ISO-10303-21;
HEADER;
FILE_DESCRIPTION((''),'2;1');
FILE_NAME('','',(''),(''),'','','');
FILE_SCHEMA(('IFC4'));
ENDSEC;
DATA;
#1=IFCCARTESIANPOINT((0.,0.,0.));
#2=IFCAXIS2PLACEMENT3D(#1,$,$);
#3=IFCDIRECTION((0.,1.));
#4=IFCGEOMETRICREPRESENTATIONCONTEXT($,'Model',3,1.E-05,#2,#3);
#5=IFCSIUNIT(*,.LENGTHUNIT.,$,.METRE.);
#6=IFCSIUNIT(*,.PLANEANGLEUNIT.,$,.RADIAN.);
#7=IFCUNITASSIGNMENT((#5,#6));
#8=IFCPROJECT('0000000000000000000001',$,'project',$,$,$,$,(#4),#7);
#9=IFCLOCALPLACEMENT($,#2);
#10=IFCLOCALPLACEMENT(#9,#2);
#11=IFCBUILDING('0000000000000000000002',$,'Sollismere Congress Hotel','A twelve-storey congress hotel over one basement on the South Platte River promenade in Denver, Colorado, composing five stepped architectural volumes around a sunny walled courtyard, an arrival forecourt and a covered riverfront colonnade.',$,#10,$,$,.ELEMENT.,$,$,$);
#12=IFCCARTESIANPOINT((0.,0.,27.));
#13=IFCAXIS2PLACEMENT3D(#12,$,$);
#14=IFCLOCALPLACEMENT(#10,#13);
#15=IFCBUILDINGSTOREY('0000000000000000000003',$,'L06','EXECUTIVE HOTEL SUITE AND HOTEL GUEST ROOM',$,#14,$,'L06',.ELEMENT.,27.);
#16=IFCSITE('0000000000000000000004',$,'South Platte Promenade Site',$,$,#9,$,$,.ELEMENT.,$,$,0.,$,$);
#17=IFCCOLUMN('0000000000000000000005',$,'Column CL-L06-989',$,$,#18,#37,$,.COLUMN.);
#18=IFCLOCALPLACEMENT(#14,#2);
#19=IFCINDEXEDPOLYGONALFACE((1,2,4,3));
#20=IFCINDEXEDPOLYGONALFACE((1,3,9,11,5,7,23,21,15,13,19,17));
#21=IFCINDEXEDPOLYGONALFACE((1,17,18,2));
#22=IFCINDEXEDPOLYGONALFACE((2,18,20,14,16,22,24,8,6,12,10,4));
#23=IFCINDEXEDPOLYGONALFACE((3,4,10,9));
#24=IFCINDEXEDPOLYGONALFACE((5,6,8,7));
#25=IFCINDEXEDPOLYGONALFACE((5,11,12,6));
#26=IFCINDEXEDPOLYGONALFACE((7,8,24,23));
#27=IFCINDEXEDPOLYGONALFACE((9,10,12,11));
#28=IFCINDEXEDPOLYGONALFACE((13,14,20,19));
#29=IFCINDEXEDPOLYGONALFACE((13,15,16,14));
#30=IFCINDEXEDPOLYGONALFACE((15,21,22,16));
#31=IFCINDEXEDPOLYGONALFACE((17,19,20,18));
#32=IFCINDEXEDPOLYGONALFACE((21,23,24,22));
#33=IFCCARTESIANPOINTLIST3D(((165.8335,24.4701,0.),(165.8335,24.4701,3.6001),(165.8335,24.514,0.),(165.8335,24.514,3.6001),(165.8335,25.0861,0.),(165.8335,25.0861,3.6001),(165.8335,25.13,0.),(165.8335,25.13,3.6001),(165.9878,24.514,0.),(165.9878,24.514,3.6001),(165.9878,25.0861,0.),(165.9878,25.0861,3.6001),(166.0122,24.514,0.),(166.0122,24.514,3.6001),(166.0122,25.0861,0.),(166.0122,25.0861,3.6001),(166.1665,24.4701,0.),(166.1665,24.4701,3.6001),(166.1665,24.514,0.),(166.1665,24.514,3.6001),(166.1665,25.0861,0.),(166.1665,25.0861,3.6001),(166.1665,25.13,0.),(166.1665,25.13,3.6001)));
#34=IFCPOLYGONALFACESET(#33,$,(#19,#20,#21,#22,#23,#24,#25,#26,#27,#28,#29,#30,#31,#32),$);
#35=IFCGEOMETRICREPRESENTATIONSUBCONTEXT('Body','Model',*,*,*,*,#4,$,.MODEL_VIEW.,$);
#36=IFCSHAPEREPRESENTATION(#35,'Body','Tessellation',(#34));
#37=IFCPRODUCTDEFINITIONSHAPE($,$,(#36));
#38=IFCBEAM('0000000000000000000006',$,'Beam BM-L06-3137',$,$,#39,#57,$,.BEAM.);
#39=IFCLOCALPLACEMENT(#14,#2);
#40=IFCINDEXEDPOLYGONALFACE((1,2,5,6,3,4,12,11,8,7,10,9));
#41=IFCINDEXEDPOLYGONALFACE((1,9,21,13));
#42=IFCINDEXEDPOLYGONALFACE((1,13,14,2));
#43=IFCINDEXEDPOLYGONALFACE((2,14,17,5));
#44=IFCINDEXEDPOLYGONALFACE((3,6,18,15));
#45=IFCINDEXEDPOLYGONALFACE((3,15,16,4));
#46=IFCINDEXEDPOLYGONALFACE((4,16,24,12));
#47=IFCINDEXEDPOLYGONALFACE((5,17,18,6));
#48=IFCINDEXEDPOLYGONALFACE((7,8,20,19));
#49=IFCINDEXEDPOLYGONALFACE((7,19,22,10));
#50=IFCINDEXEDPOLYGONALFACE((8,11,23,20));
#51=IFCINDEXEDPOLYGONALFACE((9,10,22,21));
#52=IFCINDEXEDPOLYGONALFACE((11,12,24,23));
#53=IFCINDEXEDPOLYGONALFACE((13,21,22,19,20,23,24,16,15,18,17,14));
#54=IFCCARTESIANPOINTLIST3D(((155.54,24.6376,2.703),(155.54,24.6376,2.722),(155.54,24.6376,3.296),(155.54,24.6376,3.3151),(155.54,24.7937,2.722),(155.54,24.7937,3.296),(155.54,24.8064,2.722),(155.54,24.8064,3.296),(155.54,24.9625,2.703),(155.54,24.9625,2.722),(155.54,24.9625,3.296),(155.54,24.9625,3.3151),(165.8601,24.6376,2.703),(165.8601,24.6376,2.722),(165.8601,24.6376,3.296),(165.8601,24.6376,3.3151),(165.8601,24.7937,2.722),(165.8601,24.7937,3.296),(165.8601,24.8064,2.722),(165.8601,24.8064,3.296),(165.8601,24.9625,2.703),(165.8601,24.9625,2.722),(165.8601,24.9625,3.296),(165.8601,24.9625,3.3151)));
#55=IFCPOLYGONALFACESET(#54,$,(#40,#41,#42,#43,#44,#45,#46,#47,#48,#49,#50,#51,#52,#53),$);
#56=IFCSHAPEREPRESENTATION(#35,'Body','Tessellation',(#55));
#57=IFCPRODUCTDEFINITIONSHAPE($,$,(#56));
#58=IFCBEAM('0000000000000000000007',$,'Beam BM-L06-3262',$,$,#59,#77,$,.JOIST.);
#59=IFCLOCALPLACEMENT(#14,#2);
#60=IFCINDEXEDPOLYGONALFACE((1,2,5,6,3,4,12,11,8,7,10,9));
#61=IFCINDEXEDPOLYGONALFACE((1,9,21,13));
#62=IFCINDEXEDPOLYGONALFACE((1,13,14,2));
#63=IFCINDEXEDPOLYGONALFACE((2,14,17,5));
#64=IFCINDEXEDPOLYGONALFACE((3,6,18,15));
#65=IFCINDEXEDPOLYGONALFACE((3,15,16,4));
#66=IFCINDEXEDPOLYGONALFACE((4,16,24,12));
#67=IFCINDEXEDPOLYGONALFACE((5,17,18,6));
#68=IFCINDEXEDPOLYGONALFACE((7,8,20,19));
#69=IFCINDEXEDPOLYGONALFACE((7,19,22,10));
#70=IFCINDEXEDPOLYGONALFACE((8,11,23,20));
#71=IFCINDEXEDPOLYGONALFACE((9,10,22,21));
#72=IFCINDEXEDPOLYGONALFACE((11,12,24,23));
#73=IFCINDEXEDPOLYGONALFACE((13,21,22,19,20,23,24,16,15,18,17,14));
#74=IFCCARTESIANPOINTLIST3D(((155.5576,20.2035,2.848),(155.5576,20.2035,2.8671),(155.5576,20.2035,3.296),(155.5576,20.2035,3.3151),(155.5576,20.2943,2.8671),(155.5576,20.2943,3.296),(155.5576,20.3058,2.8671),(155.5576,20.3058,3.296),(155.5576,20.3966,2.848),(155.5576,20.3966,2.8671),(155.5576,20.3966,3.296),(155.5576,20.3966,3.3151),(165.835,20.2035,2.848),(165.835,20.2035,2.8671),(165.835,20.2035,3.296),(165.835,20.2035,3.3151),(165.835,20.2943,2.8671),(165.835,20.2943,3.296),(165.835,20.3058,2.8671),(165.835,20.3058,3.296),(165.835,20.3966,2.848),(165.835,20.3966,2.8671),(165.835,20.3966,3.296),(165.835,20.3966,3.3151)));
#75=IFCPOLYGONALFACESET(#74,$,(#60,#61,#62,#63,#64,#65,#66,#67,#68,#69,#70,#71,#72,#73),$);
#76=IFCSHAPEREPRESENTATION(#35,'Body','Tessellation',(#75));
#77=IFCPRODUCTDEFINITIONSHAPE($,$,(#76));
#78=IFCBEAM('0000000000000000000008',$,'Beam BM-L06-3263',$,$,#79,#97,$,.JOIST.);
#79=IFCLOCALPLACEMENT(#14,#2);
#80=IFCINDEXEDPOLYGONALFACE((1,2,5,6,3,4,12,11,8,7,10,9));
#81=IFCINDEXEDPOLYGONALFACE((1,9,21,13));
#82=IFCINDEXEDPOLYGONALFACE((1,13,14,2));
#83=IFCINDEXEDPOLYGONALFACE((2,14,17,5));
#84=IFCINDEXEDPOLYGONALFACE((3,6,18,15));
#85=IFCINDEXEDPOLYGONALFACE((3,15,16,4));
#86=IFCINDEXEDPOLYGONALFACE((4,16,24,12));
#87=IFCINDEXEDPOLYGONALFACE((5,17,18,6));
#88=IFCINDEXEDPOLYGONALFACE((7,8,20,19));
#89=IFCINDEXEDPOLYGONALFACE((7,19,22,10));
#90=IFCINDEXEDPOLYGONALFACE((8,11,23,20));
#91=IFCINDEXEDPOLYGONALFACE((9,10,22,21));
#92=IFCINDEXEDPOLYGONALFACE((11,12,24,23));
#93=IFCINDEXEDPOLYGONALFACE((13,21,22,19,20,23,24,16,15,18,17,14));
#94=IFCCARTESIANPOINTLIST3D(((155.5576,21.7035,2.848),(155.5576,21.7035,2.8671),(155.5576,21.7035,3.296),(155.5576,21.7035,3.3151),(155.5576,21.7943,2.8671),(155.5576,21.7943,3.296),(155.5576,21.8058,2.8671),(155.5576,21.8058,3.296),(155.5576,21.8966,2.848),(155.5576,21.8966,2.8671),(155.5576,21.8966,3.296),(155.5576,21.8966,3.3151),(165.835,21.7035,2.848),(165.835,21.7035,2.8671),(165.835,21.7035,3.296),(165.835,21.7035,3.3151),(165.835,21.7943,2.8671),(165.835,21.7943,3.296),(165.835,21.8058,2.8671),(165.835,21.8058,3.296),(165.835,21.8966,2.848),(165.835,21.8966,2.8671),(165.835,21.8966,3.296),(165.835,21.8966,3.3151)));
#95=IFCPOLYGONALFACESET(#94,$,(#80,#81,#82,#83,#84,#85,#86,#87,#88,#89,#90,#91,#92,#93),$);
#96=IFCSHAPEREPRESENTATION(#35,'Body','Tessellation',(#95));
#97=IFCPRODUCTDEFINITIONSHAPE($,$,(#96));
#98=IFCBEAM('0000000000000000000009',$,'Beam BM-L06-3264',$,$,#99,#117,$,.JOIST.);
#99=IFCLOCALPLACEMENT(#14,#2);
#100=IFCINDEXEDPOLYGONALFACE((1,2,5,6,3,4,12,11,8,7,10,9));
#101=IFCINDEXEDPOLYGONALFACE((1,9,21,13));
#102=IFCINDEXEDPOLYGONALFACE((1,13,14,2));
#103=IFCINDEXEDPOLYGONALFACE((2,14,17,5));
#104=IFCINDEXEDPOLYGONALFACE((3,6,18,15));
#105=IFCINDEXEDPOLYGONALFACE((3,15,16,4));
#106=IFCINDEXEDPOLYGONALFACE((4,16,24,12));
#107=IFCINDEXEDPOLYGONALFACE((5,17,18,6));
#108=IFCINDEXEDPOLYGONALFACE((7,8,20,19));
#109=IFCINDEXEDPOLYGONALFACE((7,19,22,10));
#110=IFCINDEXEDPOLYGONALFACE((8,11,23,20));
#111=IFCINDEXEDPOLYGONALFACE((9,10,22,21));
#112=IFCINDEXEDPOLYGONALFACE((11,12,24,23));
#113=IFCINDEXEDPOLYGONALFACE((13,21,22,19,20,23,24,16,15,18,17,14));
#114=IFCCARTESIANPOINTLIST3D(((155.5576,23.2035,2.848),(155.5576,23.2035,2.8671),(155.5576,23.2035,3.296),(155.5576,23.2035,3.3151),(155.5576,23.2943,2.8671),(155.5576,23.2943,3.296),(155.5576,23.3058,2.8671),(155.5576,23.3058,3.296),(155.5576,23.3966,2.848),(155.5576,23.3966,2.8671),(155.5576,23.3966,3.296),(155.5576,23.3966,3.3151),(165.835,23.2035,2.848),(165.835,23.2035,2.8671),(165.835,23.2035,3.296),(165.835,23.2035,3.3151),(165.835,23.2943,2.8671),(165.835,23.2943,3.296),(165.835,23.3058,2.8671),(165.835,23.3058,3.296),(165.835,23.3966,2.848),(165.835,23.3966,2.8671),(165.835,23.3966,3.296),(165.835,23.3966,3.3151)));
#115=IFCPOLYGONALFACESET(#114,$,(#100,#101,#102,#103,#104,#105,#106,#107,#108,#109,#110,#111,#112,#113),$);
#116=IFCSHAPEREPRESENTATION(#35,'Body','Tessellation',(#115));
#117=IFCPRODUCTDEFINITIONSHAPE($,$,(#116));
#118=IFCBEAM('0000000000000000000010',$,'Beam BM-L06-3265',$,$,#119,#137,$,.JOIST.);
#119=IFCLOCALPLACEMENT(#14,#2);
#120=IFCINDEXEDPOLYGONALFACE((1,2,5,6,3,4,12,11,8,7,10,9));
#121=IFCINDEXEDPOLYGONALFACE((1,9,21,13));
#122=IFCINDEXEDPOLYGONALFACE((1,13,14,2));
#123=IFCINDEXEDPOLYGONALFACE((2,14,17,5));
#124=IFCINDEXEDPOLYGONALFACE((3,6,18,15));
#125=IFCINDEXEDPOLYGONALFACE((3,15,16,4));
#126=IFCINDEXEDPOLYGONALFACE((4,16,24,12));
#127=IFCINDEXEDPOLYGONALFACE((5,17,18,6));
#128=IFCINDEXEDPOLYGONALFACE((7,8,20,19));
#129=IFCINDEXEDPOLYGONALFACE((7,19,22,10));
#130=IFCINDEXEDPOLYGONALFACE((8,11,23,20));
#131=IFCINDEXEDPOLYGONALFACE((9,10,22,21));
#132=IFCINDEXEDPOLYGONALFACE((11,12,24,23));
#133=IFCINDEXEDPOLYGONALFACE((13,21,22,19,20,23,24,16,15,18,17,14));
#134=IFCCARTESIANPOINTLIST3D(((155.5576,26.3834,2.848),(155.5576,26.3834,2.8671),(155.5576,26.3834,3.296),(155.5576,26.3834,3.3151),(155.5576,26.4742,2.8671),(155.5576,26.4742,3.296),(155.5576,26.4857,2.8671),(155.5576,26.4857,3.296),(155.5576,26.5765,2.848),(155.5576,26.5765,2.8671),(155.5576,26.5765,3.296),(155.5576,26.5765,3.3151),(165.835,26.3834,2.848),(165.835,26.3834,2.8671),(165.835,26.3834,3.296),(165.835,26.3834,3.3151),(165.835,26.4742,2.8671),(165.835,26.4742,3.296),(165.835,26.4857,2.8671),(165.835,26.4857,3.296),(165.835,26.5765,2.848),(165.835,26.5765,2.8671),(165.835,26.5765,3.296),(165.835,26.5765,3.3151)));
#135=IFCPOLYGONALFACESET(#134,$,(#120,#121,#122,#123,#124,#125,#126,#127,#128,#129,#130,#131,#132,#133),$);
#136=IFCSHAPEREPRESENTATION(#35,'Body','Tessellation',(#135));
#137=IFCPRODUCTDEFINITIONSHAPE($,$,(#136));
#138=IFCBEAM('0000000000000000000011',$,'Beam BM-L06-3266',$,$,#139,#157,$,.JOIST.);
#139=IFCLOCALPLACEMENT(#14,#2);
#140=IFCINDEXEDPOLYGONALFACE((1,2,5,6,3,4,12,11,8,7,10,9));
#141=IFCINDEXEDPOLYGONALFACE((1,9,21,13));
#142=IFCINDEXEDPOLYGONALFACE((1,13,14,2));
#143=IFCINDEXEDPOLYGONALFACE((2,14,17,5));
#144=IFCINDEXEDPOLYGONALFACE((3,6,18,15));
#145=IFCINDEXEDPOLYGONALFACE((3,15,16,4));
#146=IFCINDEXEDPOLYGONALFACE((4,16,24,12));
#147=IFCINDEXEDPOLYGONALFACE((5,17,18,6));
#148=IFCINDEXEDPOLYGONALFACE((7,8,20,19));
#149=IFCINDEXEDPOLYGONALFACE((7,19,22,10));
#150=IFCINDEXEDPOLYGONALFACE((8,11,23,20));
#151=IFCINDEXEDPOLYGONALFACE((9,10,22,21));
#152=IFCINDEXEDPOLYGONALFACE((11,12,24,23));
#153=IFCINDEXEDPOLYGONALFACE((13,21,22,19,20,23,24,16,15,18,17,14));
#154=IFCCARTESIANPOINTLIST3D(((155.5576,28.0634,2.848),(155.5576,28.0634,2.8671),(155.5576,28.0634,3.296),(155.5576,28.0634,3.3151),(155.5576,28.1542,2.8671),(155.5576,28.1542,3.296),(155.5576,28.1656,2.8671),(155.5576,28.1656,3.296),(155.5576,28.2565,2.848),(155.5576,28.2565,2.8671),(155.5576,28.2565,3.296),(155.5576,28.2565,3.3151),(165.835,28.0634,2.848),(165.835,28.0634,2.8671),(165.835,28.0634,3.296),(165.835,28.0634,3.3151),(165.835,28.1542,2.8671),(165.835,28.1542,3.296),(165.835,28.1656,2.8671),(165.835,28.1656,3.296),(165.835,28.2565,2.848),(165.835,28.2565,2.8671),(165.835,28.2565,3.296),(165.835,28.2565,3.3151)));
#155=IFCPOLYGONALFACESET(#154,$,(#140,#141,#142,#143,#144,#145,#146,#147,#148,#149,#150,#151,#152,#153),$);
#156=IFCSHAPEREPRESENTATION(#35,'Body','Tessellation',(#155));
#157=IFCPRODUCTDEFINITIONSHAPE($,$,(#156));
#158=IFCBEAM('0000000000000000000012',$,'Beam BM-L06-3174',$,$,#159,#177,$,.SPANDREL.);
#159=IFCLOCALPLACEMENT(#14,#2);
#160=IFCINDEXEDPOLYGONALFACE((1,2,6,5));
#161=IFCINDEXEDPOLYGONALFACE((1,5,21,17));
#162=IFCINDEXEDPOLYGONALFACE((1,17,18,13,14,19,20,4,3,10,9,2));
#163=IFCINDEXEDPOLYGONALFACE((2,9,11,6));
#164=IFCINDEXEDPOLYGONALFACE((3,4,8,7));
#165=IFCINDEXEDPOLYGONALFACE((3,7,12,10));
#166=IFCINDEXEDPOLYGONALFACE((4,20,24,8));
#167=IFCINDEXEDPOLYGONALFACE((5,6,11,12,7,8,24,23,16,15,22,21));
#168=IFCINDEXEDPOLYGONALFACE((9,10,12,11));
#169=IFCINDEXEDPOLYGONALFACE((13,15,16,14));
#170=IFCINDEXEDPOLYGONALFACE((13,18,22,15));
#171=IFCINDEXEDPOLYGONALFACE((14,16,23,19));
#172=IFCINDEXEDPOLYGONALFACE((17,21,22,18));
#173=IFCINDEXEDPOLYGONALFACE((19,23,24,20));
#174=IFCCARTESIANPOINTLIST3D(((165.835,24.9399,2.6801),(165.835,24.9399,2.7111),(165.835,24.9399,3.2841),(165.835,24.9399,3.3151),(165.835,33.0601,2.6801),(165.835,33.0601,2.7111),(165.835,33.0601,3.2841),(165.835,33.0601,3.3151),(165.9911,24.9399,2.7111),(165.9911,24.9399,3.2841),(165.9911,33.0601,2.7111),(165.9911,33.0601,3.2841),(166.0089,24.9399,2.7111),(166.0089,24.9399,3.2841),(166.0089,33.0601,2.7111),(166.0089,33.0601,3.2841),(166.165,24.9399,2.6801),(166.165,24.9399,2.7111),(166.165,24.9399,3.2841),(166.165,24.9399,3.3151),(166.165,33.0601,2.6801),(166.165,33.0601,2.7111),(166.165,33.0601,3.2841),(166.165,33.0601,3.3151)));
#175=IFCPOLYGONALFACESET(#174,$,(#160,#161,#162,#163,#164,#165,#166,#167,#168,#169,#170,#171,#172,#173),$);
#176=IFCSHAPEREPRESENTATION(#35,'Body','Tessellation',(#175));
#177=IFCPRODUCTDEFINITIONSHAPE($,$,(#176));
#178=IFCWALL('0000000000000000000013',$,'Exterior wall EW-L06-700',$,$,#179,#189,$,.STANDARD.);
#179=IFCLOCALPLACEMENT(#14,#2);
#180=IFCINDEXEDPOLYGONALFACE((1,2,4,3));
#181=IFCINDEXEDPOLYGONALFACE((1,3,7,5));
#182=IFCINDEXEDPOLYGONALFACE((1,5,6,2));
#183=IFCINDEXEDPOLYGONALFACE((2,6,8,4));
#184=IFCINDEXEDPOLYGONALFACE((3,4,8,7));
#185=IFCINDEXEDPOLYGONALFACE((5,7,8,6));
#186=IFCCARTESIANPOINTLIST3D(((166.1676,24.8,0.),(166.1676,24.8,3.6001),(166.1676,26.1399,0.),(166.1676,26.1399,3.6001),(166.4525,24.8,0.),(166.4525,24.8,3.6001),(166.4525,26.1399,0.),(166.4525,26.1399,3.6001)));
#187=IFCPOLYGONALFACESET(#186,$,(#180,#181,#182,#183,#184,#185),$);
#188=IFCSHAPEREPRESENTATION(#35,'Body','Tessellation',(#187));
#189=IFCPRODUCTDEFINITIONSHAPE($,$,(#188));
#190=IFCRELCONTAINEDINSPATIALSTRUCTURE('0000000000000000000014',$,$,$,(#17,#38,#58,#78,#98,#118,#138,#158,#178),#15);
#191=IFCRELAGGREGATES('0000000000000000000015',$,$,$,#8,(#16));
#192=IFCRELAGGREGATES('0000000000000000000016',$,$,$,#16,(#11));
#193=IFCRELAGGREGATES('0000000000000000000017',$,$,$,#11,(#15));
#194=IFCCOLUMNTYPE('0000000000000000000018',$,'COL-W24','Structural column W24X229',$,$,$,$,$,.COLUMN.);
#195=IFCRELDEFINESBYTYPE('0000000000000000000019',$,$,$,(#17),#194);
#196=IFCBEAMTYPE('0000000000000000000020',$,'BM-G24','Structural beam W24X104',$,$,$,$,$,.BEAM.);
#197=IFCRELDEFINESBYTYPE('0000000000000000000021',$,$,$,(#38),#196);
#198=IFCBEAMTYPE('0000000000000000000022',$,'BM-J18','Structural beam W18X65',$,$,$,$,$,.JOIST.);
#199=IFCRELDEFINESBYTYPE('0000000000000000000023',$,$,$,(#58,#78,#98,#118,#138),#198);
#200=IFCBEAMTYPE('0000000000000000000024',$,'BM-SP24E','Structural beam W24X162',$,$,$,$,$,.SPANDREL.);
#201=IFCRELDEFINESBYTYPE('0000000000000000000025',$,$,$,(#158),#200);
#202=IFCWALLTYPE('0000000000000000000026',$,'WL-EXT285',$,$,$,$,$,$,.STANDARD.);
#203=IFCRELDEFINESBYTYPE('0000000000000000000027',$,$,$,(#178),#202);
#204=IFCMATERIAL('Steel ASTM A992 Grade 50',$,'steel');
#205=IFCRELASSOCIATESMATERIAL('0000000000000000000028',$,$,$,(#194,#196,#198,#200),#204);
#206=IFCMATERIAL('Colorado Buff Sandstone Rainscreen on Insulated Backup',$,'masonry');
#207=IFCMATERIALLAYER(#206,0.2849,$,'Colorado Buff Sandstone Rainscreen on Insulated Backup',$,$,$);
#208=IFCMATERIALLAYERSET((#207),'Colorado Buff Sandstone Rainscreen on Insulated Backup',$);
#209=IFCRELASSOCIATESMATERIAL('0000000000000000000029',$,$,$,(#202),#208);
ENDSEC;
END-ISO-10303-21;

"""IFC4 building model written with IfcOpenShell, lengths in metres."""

from ifc_helpers import new_model, si_unit, direction, frame, frame_2d, origin, origin_2d, place, context, subcontext, project, spatial, rectangle, i_section, extrude, material, layer, layer_set, material_profile, profile_set, type_object, element, save


model = new_model("IFC4")

# Units and contexts
model_context = context("Model", 3, precision=1e-05, world=origin(), true_north=direction((0.0, 1.0)))
body_context = subcontext(model_context, "Body", "Model", "MODEL_VIEW")
ifc_project = project(units=[si_unit("LENGTHUNIT", "METRE"), si_unit("PLANEANGLEUNIT", "RADIAN")], contexts=[model_context])

# Site, building, storey
site_placement = place(None, origin())
site = spatial("IfcSite", under=ifc_project, at=site_placement, Name="South Platte Promenade Site", CompositionType="ELEMENT", RefElevation=0.0)
building_placement = place(site_placement, origin())
building = spatial("IfcBuilding", under=site, at=building_placement, Name="Sollismere Congress Hotel", Description="A twelve-storey congress hotel over one basement on the South Platte River promenade in Denver, Colorado, composing five stepped architectural volumes around a sunny walled courtyard, an arrival forecourt and a covered riverfront colonnade.", CompositionType="ELEMENT")
storey_placement = place(building_placement, frame((0.0, 0.0, 27.0)))
storey = spatial("IfcBuildingStorey", under=building, at=storey_placement, Name="L06", Description="EXECUTIVE HOTEL SUITE AND HOTEL GUEST ROOM", LongName="L06", CompositionType="ELEMENT", Elevation=27.0)

# Column
ifc_material_1 = material(Name="Steel ASTM A992 Grade 50", Category="steel")
ifc_material_profile_1 = material_profile(ifc_material_1, i_section(OverallWidth=0.333, OverallDepth=0.6599, WebThickness=0.0244, FlangeThickness=0.0439, at=origin_2d()), Name="W24X229")
ifc_profile_set_1 = profile_set([ifc_material_profile_1], Name="Steel ASTM A992 Grade 50")
column_type = type_object("IfcColumnType", Name="COL-W24", Description="Structural column W24X229", PredefinedType="COLUMN", material=ifc_profile_set_1)
column_placement = place(storey_placement, frame((166.0, 24.8, 0.0), z_axis=(0.0, 0.0, 1.0), x_axis=(1.0, 0.0, 0.0)))
element("IfcColumn", 1, at=column_placement, inside=storey, type_object=column_type, Name="Column CL-L06-989", PredefinedType="COLUMN", context=body_context, shape_type="SweptSolid", body=[
    extrude(i_section(OverallWidth=0.333, OverallDepth=0.6599, WebThickness=0.0244, FlangeThickness=0.0439, at=origin_2d()), origin(), (0.0, 0.0, 1.0), 3.6001),
])

# Beams
ifc_material_profile_2 = material_profile(ifc_material_1, i_section(OverallWidth=0.325, OverallDepth=0.6121, WebThickness=0.0127, FlangeThickness=0.019, at=origin_2d()), Name="W24X104")
ifc_profile_set_2 = profile_set([ifc_material_profile_2], Name="Steel ASTM A992 Grade 50")
beam_type_1 = type_object("IfcBeamType", Name="BM-G24", Description="Structural beam W24X104", PredefinedType="BEAM", material=ifc_profile_set_2)
beam_1_placement = place(storey_placement, frame((155.54, 24.8, 3.009), z_axis=(1.0, 0.0, 0.0), x_axis=(0.0, 1.0, 0.0)))
element("IfcBeam", 2, at=beam_1_placement, inside=storey, type_object=beam_type_1, Name="Beam BM-L06-3137", PredefinedType="BEAM", context=body_context, shape_type="SweptSolid", body=[
    extrude(i_section(OverallWidth=0.325, OverallDepth=0.6121, WebThickness=0.0127, FlangeThickness=0.019, at=origin_2d()), origin(), (0.0, 0.0, 1.0), 10.3201),
])
ifc_material_profile_3 = material_profile(ifc_material_1, i_section(OverallWidth=0.1931, OverallDepth=0.467, WebThickness=0.0115, FlangeThickness=0.019, at=origin_2d()), Name="W18X65")
ifc_profile_set_3 = profile_set([ifc_material_profile_3], Name="Steel ASTM A992 Grade 50")
beam_type_2 = type_object("IfcBeamType", Name="BM-J18", Description="Structural beam W18X65", PredefinedType="JOIST", material=ifc_profile_set_3)
for number, where, z_axis, x_axis, name in (
    (3, (155.5576, 20.3, 3.0815), (1.0, 0.0, 0.0), (0.0, 1.0, 0.0), "Beam BM-L06-3262"),
    (4, (155.5576, 21.8, 3.0815), (1.0, 0.0, 0.0), (0.0, 1.0, 0.0), "Beam BM-L06-3263"),
    (5, (155.5576, 23.3, 3.0815), (1.0, 0.0, 0.0), (0.0, 1.0, 0.0), "Beam BM-L06-3264"),
    (6, (155.5576, 26.48, 3.0815), (1.0, 0.0, 0.0), (0.0, 1.0, 0.0), "Beam BM-L06-3265"),
    (7, (155.5576, 28.1599, 3.0815), (1.0, 0.0, 0.0), (0.0, 1.0, 0.0), "Beam BM-L06-3266"),
):
    element("IfcBeam", number, at=place(storey_placement, frame(where, z_axis=z_axis, x_axis=x_axis)), inside=storey, type_object=beam_type_2, Name=name, PredefinedType="JOIST", context=body_context, shape_type="SweptSolid", body=[
        extrude(i_section(OverallWidth=0.1931, OverallDepth=0.467, WebThickness=0.0115, FlangeThickness=0.019, at=origin_2d()), origin(), (0.0, 0.0, 1.0), 10.2773),
    ])
ifc_material_profile_4 = material_profile(ifc_material_1, i_section(OverallWidth=0.3301, OverallDepth=0.635, WebThickness=0.0178, FlangeThickness=0.031, at=origin_2d()), Name="W24X162")
ifc_profile_set_4 = profile_set([ifc_material_profile_4], Name="Steel ASTM A992 Grade 50")
beam_type_3 = type_object("IfcBeamType", Name="BM-SP24E", Description="Structural beam W24X162", PredefinedType="SPANDREL", material=ifc_profile_set_4)
beam_2_placement = place(storey_placement, frame((166.0, 24.9399, 2.9976), z_axis=(0.0, 1.0, 0.0), x_axis=(-1.0, 0.0, 0.0)))
element("IfcBeam", 8, at=beam_2_placement, inside=storey, type_object=beam_type_3, Name="Beam BM-L06-3174", PredefinedType="SPANDREL", context=body_context, shape_type="SweptSolid", body=[
    extrude(i_section(OverallWidth=0.3301, OverallDepth=0.635, WebThickness=0.0178, FlangeThickness=0.031, at=origin_2d()), origin(), (0.0, 0.0, 1.0), 8.1201),
])

# Wall
ifc_material_2 = material(Name="Colorado Buff Sandstone Rainscreen on Insulated Backup", Category="masonry")
ifc_layer_1 = layer(ifc_material_2, 0.2849, Name="Colorado Buff Sandstone Rainscreen on Insulated Backup")
ifc_layer_set_1 = layer_set([ifc_layer_1], Name="Colorado Buff Sandstone Rainscreen on Insulated Backup")
wall_type_1 = type_object("IfcWallType", Name="WL-EXT285", PredefinedType="STANDARD", material=ifc_layer_set_1)
wall_1_placement = place(storey_placement, frame((166.3101, 24.8, 0.0), z_axis=(0.0, 0.0, 1.0), x_axis=(0.0, 1.0, 0.0)))
element("IfcWall", 9, at=wall_1_placement, inside=storey, type_object=wall_type_1, Name="Exterior wall EW-L06-700", PredefinedType="STANDARD", context=body_context, shape_type="SweptSolid", body=[
    extrude(rectangle(XDim=1.3398, YDim=0.2849, at=frame_2d((0.6699, 0.0))), origin(), (0.0, 0.0, 1.0), 3.6001),
])

save(model, "model.ifc")
